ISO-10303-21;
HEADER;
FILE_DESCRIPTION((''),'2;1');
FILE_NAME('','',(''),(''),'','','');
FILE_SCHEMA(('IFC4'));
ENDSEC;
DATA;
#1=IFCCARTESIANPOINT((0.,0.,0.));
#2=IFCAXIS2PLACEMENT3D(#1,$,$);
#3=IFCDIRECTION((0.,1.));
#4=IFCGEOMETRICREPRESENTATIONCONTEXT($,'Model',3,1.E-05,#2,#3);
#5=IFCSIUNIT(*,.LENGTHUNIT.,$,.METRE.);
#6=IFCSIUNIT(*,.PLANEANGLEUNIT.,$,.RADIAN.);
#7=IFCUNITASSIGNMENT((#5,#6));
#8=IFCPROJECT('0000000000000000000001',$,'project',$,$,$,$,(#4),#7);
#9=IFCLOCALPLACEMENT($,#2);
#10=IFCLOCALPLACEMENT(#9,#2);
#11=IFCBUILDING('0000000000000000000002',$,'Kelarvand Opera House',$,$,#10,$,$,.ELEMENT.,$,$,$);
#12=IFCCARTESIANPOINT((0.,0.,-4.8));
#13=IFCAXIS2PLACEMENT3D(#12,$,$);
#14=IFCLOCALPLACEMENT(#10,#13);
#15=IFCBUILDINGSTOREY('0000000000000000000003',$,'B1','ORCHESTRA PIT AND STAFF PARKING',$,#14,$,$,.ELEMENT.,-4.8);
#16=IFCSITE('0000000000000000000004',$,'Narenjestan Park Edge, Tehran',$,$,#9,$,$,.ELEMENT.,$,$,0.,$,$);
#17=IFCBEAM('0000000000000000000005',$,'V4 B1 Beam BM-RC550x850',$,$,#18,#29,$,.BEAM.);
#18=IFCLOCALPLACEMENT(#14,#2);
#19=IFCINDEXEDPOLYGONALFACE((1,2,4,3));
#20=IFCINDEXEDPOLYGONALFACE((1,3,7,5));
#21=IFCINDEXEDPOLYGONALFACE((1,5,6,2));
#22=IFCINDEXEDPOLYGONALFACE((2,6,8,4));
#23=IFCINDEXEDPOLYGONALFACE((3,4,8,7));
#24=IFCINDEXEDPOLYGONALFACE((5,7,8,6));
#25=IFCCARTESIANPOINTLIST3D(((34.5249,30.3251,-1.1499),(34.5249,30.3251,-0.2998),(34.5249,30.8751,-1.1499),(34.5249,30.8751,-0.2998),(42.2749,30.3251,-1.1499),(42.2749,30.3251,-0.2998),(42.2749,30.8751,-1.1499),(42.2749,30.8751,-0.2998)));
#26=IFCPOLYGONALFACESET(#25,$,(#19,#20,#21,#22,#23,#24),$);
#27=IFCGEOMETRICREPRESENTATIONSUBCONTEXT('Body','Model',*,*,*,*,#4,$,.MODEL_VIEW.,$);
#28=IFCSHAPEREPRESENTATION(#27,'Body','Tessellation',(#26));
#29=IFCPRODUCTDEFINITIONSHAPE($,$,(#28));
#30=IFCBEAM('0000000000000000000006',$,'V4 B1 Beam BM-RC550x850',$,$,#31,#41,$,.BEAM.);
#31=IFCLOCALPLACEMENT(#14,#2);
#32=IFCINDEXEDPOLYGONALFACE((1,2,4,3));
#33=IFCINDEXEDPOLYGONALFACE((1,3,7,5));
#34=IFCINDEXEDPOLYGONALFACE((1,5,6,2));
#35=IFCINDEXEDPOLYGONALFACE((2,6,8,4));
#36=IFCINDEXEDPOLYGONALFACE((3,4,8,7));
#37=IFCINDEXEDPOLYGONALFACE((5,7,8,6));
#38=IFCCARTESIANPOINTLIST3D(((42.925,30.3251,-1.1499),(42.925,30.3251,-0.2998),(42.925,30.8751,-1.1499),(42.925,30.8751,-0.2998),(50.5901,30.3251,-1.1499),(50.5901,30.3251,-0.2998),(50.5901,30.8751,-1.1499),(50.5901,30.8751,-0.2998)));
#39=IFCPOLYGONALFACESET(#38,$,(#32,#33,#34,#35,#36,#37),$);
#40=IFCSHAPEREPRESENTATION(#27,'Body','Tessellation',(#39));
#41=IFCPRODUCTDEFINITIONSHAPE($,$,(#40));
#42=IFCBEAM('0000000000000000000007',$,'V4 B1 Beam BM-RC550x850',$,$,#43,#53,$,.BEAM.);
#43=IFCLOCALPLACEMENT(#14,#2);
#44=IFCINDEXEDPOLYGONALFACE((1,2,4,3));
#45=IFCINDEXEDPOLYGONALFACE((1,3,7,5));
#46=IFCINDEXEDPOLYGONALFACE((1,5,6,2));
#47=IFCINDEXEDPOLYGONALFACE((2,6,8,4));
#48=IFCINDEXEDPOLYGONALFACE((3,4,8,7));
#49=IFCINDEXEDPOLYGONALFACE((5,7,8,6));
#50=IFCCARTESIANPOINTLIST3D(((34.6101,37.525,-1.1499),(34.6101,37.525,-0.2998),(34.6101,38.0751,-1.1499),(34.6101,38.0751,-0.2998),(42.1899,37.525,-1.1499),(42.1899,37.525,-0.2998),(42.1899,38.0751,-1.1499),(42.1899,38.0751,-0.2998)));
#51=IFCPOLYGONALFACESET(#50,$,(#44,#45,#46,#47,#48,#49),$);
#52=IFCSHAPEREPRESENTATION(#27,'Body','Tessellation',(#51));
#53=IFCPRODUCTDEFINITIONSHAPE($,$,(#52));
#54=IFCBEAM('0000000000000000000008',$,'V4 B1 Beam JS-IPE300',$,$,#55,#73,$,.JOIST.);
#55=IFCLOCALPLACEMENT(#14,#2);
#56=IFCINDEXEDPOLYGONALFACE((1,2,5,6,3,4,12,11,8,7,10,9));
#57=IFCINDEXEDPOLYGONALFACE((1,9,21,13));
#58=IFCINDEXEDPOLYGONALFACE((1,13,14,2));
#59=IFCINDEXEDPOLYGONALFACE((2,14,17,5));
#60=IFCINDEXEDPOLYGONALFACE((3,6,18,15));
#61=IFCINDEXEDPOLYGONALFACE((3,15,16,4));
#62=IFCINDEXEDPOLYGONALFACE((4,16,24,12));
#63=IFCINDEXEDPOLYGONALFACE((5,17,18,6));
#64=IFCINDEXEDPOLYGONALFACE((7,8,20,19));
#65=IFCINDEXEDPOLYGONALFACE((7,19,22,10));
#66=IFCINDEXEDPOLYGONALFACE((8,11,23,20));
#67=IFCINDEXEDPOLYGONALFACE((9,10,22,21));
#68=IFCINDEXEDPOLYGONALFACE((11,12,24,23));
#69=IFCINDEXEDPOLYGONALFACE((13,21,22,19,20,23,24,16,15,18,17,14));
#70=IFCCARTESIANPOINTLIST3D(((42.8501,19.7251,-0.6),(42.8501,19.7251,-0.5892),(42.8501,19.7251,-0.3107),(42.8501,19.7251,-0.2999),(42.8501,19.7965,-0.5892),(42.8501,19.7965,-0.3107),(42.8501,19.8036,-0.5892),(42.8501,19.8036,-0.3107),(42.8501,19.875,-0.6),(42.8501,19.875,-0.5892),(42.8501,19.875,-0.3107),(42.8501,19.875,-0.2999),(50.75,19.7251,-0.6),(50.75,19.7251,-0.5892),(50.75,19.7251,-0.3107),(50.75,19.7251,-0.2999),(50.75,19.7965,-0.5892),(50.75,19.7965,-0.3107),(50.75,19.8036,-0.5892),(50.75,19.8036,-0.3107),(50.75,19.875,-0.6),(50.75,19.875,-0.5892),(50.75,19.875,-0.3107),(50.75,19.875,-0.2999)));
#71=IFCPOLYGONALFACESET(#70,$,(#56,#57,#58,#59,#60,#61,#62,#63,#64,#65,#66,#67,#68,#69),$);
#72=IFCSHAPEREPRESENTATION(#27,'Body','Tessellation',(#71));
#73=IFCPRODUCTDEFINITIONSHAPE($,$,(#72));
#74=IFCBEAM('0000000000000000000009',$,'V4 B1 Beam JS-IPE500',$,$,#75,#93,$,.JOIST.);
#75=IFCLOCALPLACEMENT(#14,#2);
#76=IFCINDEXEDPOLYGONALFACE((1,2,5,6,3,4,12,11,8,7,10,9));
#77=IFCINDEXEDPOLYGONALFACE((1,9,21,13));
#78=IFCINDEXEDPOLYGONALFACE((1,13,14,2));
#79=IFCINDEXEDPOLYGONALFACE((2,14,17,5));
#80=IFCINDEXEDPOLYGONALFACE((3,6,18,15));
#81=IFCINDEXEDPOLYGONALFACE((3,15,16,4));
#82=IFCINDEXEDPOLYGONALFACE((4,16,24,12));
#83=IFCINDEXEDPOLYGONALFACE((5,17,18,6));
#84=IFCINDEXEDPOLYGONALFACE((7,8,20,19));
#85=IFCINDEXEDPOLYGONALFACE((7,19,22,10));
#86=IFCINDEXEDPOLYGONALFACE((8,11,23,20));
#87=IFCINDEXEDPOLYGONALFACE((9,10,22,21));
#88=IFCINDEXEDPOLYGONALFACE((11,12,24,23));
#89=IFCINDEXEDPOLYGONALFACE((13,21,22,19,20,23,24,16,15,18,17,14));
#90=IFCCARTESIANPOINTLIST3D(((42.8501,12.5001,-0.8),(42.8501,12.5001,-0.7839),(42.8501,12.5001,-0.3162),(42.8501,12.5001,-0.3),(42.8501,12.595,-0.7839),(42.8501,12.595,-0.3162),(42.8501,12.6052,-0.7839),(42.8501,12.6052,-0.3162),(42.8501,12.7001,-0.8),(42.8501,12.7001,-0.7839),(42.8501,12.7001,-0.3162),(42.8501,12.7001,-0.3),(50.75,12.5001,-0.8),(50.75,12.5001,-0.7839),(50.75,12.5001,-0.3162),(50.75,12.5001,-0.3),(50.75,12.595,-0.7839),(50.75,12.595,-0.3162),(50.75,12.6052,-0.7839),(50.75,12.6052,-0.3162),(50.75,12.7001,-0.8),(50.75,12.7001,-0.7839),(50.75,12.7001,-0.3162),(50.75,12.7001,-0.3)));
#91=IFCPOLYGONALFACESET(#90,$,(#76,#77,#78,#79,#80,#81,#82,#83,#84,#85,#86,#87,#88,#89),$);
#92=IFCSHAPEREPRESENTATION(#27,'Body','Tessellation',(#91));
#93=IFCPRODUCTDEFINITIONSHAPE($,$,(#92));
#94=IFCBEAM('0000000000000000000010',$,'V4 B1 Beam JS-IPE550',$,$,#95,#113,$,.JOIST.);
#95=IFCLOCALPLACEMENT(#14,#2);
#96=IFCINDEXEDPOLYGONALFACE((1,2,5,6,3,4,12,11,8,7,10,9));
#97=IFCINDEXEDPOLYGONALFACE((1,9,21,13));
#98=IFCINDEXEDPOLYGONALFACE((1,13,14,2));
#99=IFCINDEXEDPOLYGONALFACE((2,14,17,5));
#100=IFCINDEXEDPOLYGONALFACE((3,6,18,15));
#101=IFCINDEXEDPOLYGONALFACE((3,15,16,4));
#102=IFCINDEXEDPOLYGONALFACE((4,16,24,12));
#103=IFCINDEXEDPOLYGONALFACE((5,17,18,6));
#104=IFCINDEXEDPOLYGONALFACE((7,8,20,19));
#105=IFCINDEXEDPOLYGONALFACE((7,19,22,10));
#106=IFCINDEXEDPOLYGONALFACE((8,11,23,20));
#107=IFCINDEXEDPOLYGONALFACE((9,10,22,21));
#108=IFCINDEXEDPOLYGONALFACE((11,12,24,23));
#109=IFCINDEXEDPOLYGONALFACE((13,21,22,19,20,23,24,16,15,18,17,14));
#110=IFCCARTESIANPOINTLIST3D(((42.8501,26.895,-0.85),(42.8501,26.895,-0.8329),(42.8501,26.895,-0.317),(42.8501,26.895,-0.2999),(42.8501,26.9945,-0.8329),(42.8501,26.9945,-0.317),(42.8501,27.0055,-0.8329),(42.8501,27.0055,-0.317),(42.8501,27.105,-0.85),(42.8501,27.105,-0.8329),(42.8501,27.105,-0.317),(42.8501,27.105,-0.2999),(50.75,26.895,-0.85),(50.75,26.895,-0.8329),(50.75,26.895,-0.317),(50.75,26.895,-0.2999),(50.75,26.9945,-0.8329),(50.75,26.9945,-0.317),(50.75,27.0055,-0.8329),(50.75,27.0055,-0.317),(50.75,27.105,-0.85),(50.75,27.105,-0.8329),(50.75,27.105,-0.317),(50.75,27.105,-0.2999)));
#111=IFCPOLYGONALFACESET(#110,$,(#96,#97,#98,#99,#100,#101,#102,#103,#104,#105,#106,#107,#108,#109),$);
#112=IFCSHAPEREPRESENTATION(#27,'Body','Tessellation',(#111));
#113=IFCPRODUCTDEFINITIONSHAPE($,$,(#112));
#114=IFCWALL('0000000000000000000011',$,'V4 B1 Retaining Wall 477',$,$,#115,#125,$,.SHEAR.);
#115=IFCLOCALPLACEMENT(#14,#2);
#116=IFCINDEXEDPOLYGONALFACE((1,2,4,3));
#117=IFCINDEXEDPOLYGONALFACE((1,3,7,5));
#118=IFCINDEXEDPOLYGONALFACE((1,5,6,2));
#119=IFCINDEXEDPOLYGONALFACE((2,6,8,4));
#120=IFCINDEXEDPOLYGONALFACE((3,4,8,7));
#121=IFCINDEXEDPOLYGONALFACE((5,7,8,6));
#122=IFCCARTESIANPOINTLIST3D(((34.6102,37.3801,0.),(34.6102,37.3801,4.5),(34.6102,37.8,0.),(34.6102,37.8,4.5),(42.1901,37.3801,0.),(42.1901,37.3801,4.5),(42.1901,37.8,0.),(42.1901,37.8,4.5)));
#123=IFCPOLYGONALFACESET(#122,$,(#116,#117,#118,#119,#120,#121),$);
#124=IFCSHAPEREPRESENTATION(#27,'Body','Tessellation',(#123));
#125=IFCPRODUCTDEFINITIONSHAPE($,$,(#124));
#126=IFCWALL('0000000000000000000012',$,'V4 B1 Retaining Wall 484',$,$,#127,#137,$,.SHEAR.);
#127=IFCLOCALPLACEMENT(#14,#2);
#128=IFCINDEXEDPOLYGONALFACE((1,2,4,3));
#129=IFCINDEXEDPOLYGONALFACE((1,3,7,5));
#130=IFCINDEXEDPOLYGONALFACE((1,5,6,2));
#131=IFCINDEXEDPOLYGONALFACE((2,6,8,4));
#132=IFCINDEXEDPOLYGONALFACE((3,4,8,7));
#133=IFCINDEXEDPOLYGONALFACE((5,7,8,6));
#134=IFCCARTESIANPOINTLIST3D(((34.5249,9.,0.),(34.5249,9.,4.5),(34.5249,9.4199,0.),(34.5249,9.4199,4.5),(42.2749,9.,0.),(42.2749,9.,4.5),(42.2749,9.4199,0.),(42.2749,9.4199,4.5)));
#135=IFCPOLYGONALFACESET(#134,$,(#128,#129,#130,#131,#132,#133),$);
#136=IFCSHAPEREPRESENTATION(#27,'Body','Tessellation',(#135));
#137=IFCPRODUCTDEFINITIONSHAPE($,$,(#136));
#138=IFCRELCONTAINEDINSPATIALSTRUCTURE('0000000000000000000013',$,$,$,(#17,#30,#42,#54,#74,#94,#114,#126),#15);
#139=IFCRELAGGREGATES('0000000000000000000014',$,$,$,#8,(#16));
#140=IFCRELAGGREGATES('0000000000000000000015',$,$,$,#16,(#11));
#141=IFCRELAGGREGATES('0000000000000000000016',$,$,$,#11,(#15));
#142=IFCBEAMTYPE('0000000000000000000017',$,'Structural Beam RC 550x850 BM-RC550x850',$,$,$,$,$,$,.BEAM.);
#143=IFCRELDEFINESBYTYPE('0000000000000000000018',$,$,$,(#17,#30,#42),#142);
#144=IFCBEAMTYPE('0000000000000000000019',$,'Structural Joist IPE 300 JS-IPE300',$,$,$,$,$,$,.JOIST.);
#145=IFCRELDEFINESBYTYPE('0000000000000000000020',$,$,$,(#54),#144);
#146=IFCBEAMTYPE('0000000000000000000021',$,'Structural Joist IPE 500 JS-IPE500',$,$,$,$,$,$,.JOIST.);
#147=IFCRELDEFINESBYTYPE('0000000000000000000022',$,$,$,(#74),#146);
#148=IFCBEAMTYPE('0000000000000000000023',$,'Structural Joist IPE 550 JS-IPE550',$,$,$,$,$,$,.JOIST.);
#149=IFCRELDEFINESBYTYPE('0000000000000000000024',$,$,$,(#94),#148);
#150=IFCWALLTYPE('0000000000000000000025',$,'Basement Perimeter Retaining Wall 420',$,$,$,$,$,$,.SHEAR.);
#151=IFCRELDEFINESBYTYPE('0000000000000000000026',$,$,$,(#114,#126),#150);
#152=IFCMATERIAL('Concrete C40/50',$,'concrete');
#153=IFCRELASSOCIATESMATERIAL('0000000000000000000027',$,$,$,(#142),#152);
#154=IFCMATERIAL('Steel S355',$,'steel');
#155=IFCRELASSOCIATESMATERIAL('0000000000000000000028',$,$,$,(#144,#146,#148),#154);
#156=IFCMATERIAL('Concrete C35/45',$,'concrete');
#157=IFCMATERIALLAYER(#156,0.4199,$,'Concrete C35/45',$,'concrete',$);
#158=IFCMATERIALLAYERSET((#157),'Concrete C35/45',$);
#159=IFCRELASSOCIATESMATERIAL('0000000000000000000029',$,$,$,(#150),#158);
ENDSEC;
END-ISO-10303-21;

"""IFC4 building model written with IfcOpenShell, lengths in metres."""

from ifc_helpers import new_model, si_unit, direction, frame, frame_2d, origin, origin_2d, place, context, subcontext, project, spatial, rectangle, i_section, extrude, material, layer, layer_set, material_profile, profile_set, type_object, element, save


model = new_model("IFC4")

# Units and contexts
model_context = context("Model", 3, precision=1e-05, world=origin(), true_north=direction((0.0, 1.0)))
body_context = subcontext(model_context, "Body", "Model", "MODEL_VIEW")
ifc_project = project(units=[si_unit("LENGTHUNIT", "METRE"), si_unit("PLANEANGLEUNIT", "RADIAN")], contexts=[model_context])

# Site, building, storey
site_placement = place(None, origin())
site = spatial("IfcSite", under=ifc_project, at=site_placement, Name="Narenjestan Park Edge, Tehran", CompositionType="ELEMENT", RefElevation=0.0)
building_placement = place(site_placement, origin())
building = spatial("IfcBuilding", under=site, at=building_placement, Name="Kelarvand Opera House", CompositionType="ELEMENT")
storey_placement = place(building_placement, frame((0.0, 0.0, -4.8)))
storey = spatial("IfcBuildingStorey", under=building, at=storey_placement, Name="B1", Description="ORCHESTRA PIT AND STAFF PARKING", CompositionType="ELEMENT", Elevation=-4.8)

# Shared definitions
ifc_material_1 = material(Name="Concrete C40/50", Category="concrete")

# Beams
ifc_material_2 = material(Name="Concrete C35/45", Category="concrete")
ifc_material_profile_1 = material_profile(ifc_material_1, rectangle(XDim=0.55, YDim=0.8501, at=origin_2d()), Name="RC 550x850", Category="concrete")
ifc_profile_set_1 = profile_set([ifc_material_profile_1], Name="Concrete C40/50")
beam_type_1 = type_object("IfcBeamType", Name="Structural Beam RC 550x850 BM-RC550x850", PredefinedType="BEAM", material=ifc_profile_set_1)
beam_1_placement = place(storey_placement, frame((34.5249, 30.6001, -0.7249), z_axis=(1.0, 0.0, 0.0), x_axis=(0.0, 1.0, 0.0)))
element("IfcBeam", 1, at=beam_1_placement, inside=storey, type_object=beam_type_1, Name="V4 B1 Beam BM-RC550x850", PredefinedType="BEAM", context=body_context, shape_type="SweptSolid", body=[
    extrude(rectangle(XDim=0.55, YDim=0.8501, at=origin_2d()), origin(), (0.0, 0.0, 1.0), 7.75),
])
beam_2_placement = place(storey_placement, frame((42.925, 30.6001, -0.7249), z_axis=(1.0, 0.0, 0.0), x_axis=(0.0, 1.0, 0.0)))
element("IfcBeam", 2, at=beam_2_placement, inside=storey, type_object=beam_type_1, Name="V4 B1 Beam BM-RC550x850", PredefinedType="BEAM", context=body_context, shape_type="SweptSolid", body=[
    extrude(rectangle(XDim=0.55, YDim=0.8501, at=origin_2d()), origin(), (0.0, 0.0, 1.0), 7.665),
])
beam_3_placement = place(storey_placement, frame((34.6101, 37.8, -0.7249), z_axis=(1.0, 0.0, 0.0), x_axis=(0.0, 1.0, 0.0)))
element("IfcBeam", 3, at=beam_3_placement, inside=storey, type_object=beam_type_1, Name="V4 B1 Beam BM-RC550x850", PredefinedType="BEAM", context=body_context, shape_type="SweptSolid", body=[
    extrude(rectangle(XDim=0.55, YDim=0.8501, at=origin_2d()), origin(), (0.0, 0.0, 1.0), 7.5798),
])
ifc_material_3 = material(Name="Steel S355", Category="steel")
ifc_material_profile_2 = material_profile(ifc_material_3, i_section(OverallWidth=0.1499, OverallDepth=0.3, WebThickness=0.0071, FlangeThickness=0.0107, at=origin_2d()), Name="IPE 300", Category="steel")
ifc_profile_set_2 = profile_set([ifc_material_profile_2], Name="Steel S355")
beam_type_2 = type_object("IfcBeamType", Name="Structural Joist IPE 300 JS-IPE300", PredefinedType="JOIST", material=ifc_profile_set_2)
beam_4_placement = place(storey_placement, frame((42.8501, 19.8, -0.45), z_axis=(1.0, 0.0, 0.0), x_axis=(0.0, 1.0, 0.0)))
element("IfcBeam", 4, at=beam_4_placement, inside=storey, type_object=beam_type_2, Name="V4 B1 Beam JS-IPE300", PredefinedType="JOIST", context=body_context, shape_type="SweptSolid", body=[
    extrude(i_section(OverallWidth=0.1499, OverallDepth=0.3, WebThickness=0.0071, FlangeThickness=0.0107, at=origin_2d()), origin(), (0.0, 0.0, 1.0), 7.8999),
])
ifc_material_profile_3 = material_profile(ifc_material_3, i_section(OverallWidth=0.2, OverallDepth=0.5, WebThickness=0.0103, FlangeThickness=0.0161, at=origin_2d()), Name="IPE 500", Category="steel")
ifc_profile_set_3 = profile_set([ifc_material_profile_3], Name="Steel S355")
beam_type_3 = type_object("IfcBeamType", Name="Structural Joist IPE 500 JS-IPE500", PredefinedType="JOIST", material=ifc_profile_set_3)
beam_5_placement = place(storey_placement, frame((42.8501, 12.6001, -0.55), z_axis=(1.0, 0.0, 0.0), x_axis=(0.0, 1.0, 0.0)))
element("IfcBeam", 5, at=beam_5_placement, inside=storey, type_object=beam_type_3, Name="V4 B1 Beam JS-IPE500", PredefinedType="JOIST", context=body_context, shape_type="SweptSolid", body=[
    extrude(i_section(OverallWidth=0.2, OverallDepth=0.5, WebThickness=0.0103, FlangeThickness=0.0161, at=origin_2d()), origin(), (0.0, 0.0, 1.0), 7.8999),
])
ifc_material_profile_4 = material_profile(ifc_material_3, i_section(OverallWidth=0.21, OverallDepth=0.55, WebThickness=0.011, FlangeThickness=0.0171, at=origin_2d()), Name="IPE 550", Category="steel")
ifc_profile_set_4 = profile_set([ifc_material_profile_4], Name="Steel S355")
beam_type_4 = type_object("IfcBeamType", Name="Structural Joist IPE 550 JS-IPE550", PredefinedType="JOIST", material=ifc_profile_set_4)
beam_6_placement = place(storey_placement, frame((42.8501, 27.0, -0.575), z_axis=(1.0, 0.0, 0.0), x_axis=(0.0, 1.0, 0.0)))
element("IfcBeam", 6, at=beam_6_placement, inside=storey, type_object=beam_type_4, Name="V4 B1 Beam JS-IPE550", PredefinedType="JOIST", context=body_context, shape_type="SweptSolid", body=[
    extrude(i_section(OverallWidth=0.21, OverallDepth=0.55, WebThickness=0.011, FlangeThickness=0.0171, at=origin_2d()), origin(), (0.0, 0.0, 1.0), 7.8999),
])

# Walls
ifc_layer = layer(ifc_material_2, 0.4199, Name="Concrete C35/45", Category="concrete")
ifc_layer_set = layer_set([ifc_layer], Name="Concrete C35/45")
wall_type = type_object("IfcWallType", Name="Basement Perimeter Retaining Wall 420", PredefinedType="SHEAR", material=ifc_layer_set)
wall_1_placement = place(storey_placement, frame((34.6101, 37.5901, 0.0), z_axis=(0.0, 0.0, 1.0), x_axis=(1.0, 0.0, 0.0)))
element("IfcWall", 7, at=wall_1_placement, inside=storey, type_object=wall_type, Name="V4 B1 Retaining Wall 477", PredefinedType="SHEAR", context=body_context, shape_type="SweptSolid", body=[
    extrude(rectangle(XDim=7.5798, YDim=0.4199, at=frame_2d((3.79, 0.0))), origin(), (0.0, 0.0, 1.0), 4.5),
])
wall_2_placement = place(storey_placement, frame((42.2749, 9.21, 0.0), z_axis=(0.0, 0.0, 1.0), x_axis=(-1.0, 0.0, 0.0)))
element("IfcWall", 8, at=wall_2_placement, inside=storey, type_object=wall_type, Name="V4 B1 Retaining Wall 484", PredefinedType="SHEAR", context=body_context, shape_type="SweptSolid", body=[
    extrude(rectangle(XDim=7.75, YDim=0.4199, at=frame_2d((3.875, 0.0))), origin(), (0.0, 0.0, 1.0), 4.5),
])

save(model, "model.ifc")
